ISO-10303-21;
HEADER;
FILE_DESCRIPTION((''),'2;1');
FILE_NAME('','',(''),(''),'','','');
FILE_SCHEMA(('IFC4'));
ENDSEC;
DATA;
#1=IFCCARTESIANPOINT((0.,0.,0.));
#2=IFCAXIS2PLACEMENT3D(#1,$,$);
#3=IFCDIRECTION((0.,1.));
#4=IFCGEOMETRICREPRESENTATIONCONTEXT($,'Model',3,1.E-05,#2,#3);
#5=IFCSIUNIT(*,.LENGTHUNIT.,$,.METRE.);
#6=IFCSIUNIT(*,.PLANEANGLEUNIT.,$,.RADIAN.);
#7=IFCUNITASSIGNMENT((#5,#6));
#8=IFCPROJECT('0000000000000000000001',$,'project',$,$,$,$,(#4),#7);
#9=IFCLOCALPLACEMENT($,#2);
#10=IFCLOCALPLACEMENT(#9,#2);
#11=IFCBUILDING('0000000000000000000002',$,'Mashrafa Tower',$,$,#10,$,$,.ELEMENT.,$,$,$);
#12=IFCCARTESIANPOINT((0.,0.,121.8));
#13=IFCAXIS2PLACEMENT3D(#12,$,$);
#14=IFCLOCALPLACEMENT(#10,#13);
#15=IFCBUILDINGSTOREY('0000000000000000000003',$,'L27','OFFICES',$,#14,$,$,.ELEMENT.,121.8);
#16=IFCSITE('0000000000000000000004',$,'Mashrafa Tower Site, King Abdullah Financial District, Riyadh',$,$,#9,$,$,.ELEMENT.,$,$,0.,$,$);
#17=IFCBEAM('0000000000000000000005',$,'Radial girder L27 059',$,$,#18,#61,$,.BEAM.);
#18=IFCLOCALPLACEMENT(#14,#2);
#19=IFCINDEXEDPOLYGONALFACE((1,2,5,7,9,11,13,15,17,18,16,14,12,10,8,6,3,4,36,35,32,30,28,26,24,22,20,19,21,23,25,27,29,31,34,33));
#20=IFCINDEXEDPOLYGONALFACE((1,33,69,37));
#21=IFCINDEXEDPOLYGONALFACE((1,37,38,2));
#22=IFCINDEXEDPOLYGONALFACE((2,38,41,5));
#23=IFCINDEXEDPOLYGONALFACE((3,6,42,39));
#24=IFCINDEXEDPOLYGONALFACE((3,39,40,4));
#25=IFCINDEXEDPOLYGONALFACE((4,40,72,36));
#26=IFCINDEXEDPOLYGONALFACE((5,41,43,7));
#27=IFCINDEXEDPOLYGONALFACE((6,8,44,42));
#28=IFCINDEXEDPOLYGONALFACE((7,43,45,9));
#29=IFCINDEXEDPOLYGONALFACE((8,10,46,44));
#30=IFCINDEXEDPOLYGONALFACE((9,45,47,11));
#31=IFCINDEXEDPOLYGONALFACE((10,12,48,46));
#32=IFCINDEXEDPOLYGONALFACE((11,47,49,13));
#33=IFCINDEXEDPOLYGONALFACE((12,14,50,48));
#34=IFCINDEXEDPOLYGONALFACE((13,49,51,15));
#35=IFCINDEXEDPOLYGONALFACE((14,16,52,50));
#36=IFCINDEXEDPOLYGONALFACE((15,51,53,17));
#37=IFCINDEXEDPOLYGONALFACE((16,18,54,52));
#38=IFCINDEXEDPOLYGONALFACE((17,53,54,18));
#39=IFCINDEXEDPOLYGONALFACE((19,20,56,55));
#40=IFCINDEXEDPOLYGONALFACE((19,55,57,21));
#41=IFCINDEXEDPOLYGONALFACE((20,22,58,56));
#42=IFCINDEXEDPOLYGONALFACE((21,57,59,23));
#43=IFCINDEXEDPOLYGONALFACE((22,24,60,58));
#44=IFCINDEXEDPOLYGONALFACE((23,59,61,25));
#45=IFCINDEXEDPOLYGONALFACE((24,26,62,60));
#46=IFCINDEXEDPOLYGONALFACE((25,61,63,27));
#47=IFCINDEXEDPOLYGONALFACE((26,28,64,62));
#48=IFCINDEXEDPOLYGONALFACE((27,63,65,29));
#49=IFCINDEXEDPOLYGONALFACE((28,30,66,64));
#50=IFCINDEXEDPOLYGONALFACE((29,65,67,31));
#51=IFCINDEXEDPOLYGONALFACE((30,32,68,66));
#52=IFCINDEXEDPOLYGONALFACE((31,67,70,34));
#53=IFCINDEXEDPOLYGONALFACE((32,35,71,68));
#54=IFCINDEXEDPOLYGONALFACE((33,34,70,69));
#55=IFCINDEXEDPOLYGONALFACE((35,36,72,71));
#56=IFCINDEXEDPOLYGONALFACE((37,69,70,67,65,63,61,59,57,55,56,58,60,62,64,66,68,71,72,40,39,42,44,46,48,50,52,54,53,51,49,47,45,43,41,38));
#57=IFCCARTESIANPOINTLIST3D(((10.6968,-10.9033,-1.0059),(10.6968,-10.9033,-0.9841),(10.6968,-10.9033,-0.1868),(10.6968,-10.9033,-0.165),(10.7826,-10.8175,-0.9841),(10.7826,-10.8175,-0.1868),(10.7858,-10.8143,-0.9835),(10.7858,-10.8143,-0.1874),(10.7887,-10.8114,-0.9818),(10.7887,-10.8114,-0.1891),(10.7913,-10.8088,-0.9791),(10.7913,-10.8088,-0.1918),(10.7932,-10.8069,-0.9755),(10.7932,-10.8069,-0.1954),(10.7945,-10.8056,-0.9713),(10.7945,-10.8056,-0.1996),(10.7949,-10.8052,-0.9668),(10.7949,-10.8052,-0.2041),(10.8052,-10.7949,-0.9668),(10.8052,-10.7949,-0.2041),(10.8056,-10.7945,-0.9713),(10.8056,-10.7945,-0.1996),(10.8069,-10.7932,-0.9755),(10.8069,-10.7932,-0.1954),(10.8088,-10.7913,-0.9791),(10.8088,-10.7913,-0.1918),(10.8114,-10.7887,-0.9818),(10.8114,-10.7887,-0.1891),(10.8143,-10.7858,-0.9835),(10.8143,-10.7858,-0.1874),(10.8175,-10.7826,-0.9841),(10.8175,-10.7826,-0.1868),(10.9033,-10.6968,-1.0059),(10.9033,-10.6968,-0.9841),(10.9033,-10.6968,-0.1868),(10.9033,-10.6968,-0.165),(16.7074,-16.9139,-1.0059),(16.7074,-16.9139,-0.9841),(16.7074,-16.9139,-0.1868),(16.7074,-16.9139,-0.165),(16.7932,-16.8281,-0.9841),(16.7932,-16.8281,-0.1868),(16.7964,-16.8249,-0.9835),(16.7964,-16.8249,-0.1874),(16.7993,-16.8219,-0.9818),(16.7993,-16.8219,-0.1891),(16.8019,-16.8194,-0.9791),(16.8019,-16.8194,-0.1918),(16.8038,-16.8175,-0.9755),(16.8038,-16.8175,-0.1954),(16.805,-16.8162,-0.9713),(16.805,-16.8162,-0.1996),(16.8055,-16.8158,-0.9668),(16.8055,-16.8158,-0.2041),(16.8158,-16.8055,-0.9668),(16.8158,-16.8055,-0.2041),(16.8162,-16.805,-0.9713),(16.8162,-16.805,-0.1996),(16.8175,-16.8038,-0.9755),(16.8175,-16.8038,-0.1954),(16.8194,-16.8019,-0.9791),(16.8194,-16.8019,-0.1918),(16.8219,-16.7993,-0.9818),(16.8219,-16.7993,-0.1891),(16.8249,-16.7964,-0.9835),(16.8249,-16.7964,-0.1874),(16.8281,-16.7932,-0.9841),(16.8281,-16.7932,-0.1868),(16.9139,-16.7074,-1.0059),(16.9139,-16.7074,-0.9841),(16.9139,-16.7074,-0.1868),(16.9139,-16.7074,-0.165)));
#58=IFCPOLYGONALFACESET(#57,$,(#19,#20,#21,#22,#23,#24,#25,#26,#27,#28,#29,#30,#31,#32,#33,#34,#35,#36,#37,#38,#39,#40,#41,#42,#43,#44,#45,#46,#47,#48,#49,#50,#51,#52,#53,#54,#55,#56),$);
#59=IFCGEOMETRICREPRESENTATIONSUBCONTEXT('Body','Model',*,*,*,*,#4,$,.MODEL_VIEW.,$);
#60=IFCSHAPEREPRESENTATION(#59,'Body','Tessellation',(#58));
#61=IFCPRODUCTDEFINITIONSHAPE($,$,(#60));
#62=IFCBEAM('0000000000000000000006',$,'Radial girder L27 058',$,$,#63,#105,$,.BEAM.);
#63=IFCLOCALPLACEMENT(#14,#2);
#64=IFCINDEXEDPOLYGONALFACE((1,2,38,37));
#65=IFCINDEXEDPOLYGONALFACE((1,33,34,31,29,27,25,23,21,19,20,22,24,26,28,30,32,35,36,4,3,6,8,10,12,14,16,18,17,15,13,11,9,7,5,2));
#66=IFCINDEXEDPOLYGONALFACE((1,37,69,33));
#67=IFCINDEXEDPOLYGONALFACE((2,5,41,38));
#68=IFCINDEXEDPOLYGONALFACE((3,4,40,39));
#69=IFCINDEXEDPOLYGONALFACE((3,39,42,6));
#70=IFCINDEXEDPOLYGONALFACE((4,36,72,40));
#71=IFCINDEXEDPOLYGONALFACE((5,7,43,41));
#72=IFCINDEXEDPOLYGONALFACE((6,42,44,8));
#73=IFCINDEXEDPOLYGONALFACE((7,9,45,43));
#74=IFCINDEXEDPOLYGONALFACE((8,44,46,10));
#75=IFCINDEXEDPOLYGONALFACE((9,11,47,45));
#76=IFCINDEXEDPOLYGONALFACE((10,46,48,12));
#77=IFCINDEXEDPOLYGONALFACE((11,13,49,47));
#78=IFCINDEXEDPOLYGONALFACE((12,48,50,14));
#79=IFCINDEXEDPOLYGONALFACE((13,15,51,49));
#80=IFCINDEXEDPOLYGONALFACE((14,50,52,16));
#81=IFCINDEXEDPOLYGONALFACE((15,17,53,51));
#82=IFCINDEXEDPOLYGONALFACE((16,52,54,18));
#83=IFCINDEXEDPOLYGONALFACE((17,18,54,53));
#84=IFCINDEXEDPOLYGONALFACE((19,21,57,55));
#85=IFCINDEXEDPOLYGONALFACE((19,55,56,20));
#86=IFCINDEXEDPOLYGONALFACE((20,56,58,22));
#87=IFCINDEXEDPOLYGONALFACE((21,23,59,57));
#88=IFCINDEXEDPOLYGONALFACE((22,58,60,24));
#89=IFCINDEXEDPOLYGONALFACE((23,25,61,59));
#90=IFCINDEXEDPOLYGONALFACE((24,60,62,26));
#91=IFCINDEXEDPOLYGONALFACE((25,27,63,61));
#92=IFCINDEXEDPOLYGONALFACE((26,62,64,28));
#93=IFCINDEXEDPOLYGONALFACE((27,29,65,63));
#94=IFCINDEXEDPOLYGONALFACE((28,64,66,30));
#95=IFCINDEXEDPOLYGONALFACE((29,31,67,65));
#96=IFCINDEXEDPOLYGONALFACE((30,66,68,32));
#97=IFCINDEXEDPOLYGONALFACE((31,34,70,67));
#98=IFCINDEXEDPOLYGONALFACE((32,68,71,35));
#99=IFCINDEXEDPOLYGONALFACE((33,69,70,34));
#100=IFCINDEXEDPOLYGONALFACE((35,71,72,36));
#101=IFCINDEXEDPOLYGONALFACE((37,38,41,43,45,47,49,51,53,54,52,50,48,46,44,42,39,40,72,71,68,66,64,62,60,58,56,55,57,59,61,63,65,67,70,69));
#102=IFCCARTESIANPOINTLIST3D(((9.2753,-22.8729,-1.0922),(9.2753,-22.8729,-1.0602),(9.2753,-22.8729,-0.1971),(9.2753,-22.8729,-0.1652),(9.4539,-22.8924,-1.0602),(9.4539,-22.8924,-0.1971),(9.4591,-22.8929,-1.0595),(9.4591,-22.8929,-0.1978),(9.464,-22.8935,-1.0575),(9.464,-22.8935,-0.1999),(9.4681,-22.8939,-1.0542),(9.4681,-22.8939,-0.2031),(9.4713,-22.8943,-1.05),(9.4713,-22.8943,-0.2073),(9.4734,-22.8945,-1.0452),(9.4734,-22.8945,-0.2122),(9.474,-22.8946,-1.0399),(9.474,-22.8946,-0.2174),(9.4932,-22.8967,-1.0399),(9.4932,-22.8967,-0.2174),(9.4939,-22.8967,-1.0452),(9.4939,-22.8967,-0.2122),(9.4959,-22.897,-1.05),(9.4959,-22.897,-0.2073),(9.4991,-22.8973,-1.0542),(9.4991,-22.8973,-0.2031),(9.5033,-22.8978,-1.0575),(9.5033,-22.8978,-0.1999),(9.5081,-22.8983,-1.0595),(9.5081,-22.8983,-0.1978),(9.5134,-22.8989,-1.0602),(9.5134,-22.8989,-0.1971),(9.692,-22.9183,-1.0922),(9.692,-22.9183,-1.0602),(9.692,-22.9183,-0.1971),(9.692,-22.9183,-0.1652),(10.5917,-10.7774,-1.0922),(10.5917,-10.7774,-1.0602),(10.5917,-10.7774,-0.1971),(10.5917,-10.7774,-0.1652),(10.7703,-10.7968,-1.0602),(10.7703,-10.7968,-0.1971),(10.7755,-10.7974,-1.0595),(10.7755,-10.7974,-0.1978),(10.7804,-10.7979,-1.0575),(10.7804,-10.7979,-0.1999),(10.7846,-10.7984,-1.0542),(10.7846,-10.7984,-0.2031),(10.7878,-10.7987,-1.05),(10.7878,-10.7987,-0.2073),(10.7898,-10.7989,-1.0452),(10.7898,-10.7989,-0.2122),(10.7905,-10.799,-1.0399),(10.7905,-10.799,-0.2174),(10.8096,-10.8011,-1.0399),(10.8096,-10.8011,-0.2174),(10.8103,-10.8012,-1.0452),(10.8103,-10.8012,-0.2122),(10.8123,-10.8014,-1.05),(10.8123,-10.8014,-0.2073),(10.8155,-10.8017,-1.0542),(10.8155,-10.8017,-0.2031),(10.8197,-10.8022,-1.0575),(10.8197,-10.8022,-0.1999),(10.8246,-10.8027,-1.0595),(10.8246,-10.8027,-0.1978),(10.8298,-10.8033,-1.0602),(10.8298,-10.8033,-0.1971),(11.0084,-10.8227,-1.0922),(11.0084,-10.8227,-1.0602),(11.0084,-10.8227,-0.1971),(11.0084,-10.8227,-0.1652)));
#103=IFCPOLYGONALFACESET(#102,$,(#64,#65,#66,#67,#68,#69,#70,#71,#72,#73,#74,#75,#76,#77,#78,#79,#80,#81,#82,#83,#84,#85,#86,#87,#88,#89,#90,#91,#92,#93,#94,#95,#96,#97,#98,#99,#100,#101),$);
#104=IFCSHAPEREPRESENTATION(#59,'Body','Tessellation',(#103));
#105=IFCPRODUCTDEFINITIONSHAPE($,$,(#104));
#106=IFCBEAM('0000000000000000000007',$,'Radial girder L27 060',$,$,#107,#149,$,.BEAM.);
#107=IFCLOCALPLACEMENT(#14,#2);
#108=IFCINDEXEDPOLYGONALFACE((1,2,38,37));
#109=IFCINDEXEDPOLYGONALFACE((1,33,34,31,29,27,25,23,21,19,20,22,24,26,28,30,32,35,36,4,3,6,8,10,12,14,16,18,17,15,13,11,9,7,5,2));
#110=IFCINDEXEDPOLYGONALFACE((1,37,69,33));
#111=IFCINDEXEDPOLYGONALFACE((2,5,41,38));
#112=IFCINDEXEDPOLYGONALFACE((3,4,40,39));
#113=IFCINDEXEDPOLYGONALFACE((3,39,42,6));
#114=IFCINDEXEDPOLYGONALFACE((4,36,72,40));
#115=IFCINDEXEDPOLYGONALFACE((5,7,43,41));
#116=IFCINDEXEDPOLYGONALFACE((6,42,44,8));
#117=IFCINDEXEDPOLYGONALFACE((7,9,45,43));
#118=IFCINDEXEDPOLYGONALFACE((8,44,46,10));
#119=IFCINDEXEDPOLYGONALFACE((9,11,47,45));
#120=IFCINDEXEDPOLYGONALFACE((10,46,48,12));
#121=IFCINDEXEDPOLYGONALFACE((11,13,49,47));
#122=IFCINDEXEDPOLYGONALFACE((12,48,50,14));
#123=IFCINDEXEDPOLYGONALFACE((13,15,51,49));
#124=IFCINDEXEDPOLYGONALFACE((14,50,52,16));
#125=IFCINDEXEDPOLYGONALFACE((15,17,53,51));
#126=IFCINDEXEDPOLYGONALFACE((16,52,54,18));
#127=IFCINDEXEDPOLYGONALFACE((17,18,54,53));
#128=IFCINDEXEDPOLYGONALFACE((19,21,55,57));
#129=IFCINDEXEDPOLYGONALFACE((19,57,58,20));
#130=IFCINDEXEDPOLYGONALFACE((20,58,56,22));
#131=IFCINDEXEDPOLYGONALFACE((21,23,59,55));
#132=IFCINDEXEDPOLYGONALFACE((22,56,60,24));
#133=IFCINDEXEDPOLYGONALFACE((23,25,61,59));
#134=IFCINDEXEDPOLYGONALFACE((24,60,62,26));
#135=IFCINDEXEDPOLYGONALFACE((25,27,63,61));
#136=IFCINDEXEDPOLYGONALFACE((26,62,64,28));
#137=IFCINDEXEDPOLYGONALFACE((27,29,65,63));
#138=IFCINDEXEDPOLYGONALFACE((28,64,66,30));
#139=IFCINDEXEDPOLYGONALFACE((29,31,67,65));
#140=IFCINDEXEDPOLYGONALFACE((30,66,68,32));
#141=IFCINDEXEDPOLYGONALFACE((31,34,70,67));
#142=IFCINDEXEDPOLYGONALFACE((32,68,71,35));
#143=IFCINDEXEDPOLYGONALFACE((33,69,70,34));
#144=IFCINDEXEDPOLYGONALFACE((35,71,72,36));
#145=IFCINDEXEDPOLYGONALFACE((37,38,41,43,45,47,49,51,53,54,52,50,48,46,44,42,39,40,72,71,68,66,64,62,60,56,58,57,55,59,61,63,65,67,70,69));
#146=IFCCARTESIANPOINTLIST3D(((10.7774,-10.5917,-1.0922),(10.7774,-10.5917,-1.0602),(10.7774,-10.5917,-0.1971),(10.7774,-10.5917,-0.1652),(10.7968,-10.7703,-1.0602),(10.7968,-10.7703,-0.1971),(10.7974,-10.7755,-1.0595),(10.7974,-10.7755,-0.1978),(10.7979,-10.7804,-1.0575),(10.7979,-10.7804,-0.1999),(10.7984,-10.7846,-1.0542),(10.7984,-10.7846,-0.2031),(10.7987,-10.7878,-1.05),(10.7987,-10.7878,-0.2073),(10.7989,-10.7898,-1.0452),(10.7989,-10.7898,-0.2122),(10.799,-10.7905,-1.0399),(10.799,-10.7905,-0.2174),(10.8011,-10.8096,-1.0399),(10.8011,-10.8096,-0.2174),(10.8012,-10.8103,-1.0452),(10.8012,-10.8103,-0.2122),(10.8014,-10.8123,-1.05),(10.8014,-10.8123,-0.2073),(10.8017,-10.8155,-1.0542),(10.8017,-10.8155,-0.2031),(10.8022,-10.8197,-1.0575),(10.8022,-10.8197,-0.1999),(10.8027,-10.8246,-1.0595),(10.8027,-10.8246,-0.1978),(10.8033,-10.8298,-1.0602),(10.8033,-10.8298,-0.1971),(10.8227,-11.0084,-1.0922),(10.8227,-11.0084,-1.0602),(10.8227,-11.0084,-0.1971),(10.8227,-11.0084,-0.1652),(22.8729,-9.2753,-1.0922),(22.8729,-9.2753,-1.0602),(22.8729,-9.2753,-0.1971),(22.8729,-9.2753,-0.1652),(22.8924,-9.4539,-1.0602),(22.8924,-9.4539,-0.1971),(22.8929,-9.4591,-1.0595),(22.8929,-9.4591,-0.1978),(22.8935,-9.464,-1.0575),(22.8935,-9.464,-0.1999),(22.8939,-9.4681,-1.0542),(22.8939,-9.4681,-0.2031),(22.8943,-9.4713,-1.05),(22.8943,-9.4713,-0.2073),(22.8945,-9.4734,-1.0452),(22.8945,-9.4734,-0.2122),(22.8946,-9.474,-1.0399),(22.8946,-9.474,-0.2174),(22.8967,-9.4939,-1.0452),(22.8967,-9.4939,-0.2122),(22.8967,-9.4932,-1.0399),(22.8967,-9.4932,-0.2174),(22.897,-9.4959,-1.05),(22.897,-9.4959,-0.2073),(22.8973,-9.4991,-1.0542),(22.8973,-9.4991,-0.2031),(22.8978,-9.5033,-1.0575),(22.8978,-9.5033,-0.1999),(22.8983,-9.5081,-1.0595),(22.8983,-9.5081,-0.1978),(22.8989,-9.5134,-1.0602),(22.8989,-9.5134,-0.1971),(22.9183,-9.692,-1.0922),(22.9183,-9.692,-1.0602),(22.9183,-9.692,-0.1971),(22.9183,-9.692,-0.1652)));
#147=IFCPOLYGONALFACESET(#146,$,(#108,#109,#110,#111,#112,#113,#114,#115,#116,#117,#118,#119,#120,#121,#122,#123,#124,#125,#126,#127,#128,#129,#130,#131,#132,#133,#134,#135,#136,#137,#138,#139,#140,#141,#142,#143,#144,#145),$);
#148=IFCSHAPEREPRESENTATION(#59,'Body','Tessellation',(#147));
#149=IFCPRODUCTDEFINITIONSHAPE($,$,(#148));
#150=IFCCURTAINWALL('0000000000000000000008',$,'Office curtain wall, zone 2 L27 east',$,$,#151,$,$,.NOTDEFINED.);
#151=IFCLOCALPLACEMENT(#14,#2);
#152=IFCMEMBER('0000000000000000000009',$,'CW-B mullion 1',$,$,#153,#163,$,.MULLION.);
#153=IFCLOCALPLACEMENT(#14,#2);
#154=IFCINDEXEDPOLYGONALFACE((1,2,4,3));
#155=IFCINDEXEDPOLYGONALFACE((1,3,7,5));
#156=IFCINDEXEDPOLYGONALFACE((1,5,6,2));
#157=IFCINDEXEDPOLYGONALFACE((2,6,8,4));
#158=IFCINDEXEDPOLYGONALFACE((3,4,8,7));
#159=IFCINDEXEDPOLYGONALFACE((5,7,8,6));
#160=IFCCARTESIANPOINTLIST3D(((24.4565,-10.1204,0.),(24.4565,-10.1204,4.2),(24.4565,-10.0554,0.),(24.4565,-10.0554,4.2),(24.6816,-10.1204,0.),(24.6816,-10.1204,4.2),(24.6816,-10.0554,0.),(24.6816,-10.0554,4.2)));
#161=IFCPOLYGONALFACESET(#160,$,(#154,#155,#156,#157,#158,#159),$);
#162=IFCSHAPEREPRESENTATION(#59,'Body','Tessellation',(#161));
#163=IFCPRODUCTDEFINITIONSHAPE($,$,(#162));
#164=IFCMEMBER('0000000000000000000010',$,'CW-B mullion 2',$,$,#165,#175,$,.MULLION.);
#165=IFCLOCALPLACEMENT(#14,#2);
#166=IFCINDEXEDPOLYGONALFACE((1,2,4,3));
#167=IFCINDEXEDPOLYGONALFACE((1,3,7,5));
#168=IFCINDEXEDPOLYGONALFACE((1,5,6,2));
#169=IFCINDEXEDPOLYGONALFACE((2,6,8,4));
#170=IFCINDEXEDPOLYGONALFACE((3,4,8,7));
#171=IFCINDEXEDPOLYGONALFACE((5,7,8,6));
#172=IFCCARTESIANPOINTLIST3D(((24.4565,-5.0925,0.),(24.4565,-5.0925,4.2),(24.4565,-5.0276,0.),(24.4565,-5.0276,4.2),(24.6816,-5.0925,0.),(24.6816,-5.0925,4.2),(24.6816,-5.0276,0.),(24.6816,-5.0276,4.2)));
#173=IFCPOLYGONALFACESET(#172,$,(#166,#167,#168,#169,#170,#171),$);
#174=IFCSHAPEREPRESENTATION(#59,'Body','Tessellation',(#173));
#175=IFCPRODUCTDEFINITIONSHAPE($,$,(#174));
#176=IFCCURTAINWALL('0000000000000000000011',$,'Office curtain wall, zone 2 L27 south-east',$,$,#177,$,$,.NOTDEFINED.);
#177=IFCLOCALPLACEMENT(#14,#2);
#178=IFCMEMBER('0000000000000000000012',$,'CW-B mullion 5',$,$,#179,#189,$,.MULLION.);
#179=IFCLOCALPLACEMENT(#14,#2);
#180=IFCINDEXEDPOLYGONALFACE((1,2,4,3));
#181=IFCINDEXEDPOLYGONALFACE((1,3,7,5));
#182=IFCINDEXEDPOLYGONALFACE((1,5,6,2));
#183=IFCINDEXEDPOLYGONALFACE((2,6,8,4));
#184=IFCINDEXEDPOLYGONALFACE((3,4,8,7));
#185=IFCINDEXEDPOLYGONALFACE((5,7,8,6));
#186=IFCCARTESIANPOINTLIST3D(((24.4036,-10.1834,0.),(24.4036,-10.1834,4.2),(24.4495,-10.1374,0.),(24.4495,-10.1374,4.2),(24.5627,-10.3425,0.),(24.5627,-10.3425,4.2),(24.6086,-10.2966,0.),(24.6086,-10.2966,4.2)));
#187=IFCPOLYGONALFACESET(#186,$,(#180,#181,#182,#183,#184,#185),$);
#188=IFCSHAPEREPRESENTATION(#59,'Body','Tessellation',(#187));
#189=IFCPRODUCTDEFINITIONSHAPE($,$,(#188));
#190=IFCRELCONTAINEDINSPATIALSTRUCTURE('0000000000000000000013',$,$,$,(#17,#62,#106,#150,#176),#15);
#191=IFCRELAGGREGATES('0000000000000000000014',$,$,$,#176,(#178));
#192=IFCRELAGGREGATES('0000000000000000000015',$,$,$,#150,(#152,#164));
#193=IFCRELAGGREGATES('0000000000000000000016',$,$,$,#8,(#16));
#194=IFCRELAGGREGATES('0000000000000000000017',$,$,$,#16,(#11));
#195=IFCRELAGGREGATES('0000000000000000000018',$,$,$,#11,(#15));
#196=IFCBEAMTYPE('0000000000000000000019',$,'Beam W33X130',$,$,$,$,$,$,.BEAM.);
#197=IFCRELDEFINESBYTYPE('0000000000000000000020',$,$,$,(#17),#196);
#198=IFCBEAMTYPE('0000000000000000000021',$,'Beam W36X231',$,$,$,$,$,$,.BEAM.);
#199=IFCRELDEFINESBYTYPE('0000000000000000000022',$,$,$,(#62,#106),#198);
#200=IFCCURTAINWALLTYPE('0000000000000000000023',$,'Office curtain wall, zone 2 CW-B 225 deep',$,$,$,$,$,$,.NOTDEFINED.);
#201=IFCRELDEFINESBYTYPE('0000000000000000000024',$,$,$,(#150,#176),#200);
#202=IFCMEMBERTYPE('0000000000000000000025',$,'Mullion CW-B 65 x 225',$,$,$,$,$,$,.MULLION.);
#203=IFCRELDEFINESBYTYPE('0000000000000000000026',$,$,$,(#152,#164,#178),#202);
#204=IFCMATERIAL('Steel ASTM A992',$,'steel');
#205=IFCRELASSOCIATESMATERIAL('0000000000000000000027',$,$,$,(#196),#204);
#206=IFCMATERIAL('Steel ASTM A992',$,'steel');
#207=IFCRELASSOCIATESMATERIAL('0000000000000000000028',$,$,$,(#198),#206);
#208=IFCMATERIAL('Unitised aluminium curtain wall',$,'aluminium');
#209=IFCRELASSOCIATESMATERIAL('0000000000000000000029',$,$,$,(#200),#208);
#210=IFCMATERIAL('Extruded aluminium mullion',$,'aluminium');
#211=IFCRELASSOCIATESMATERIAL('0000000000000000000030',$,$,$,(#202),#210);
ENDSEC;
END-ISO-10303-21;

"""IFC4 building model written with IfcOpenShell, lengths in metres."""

from ifc_helpers import new_model, si_unit, direction, frame, origin, origin_2d, place, context, subcontext, project, spatial, rectangle, i_section, extrude, source, transform, mapped, material, material_profile, profile_set, type_object, type_shapes, element, aggregate, save


model = new_model("IFC4")

# Units and contexts
model_context = context("Model", 3, precision=1e-05, world=origin(), true_north=direction((0.0, 1.0)))
body_context = subcontext(model_context, "Body", "Model", "MODEL_VIEW")
ifc_project = project(units=[si_unit("LENGTHUNIT", "METRE"), si_unit("PLANEANGLEUNIT", "RADIAN")], contexts=[model_context])

# Site, building, storey
site_placement = place(None, origin())
site = spatial("IfcSite", under=ifc_project, at=site_placement, Name="Mashrafa Tower Site, King Abdullah Financial District, Riyadh", CompositionType="ELEMENT", RefElevation=0.0)
building_placement = place(site_placement, origin())
building = spatial("IfcBuilding", under=site, at=building_placement, Name="Mashrafa Tower", CompositionType="ELEMENT")
storey_placement = place(building_placement, frame((0.0, 0.0, 121.8)))
storey = spatial("IfcBuildingStorey", under=building, at=storey_placement, Name="L27", Description="OFFICES", CompositionType="ELEMENT", Elevation=121.8)

# Beams
ifc_material_1 = material(Name="Steel ASTM A992", Category="steel")
ifc_material_profile_1 = material_profile(ifc_material_1, i_section(OverallWidth=0.292, OverallDepth=0.8408, WebThickness=0.0146, FlangeThickness=0.0217, FilletRadius=0.0173, at=origin_2d()), Name="W33X130")
ifc_profile_set_1 = profile_set([ifc_material_profile_1], Name="Steel ASTM A992")
beam_type_1 = type_object("IfcBeamType", Name="Beam W33X130", PredefinedType="BEAM", material=ifc_profile_set_1)
beam_1_placement = place(storey_placement, frame((10.8, -10.8, -0.5854), z_axis=(0.707107, -0.707107, 0.0), x_axis=(0.707107, 0.707107, 0.0)))
element("IfcBeam", 1, at=beam_1_placement, inside=storey, type_object=beam_type_1, Name="Radial girder L27 059", PredefinedType="BEAM", context=body_context, shape_type="SweptSolid", body=[
    extrude(i_section(OverallWidth=0.292, OverallDepth=0.8408, WebThickness=0.0146, FlangeThickness=0.0217, FilletRadius=0.0173, at=origin_2d()), origin(), (0.0, 0.0, 1.0), 8.5002),
])
ifc_material_2 = material(Name="Steel ASTM A992", Category="steel")
ifc_material_profile_2 = material_profile(ifc_material_2, i_section(OverallWidth=0.4192, OverallDepth=0.927, WebThickness=0.0193, FlangeThickness=0.032, FilletRadius=0.0203, at=origin_2d()), Name="W36X231")
ifc_profile_set_2 = profile_set([ifc_material_profile_2], Name="Steel ASTM A992")
beam_type_2 = type_object("IfcBeamType", Name="Beam W36X231", PredefinedType="BEAM", material=ifc_profile_set_2)
for number, where, z_axis, x_axis, name in (
    (2, (10.8, -10.8, -0.6287), (-0.108196, -0.99413, 0.0), (0.99413, -0.108196, 0.0), "Radial girder L27 058"),
    (3, (10.8, -10.8, -0.6287), (0.99413, 0.108196, 0.0), (-0.108196, 0.99413, 0.0), "Radial girder L27 060"),
):
    element("IfcBeam", number, at=place(storey_placement, frame(where, z_axis=z_axis, x_axis=x_axis)), inside=storey, type_object=beam_type_2, Name=name, PredefinedType="BEAM", context=body_context, shape_type="SweptSolid", body=[
        extrude(i_section(OverallWidth=0.4192, OverallDepth=0.927, WebThickness=0.0193, FlangeThickness=0.032, FilletRadius=0.0203, at=origin_2d()), origin(), (0.0, 0.0, 1.0), 12.167),
    ])

# Curtain wall, members
ifc_material_3 = material(Name="Unitised aluminium curtain wall", Category="aluminium")
curtain_wall_type = type_object("IfcCurtainWallType", Name="Office curtain wall, zone 2 CW-B 225 deep", PredefinedType="NOTDEFINED", material=ifc_material_3)
curtain_wall_1_placement = place(storey_placement, origin())
curtain_wall_1 = element("IfcCurtainWall", 4, at=curtain_wall_1_placement, inside=storey, type_object=curtain_wall_type, Name="Office curtain wall, zone 2 L27 east", PredefinedType="NOTDEFINED")
ifc_material_4 = material(Name="Extruded aluminium mullion", Category="aluminium")
ifc_material_profile_3 = material_profile(ifc_material_4, rectangle(XDim=0.2251, YDim=0.0649, at=origin_2d()), Name="Mullion 65x225")
ifc_profile_set_3 = profile_set([ifc_material_profile_3], Name="Extruded aluminium mullion")
member_type_1 = type_object("IfcMemberType", Name="Mullion CW-B 65 x 225", PredefinedType="MULLION", material=ifc_profile_set_3)
shared_shape_1 = source(origin(), body_context, "Body", "SweptSolid", [
    extrude(rectangle(XDim=0.2251, YDim=0.0649, at=origin_2d()), origin(), (0.0, 0.0, 1.0), 4.2),
])
type_shapes(member_type_1, [shared_shape_1])
member_1_placement = place(storey_placement, frame((24.5691, -10.0879, 0.0), z_axis=(0.0, 0.0, 1.0), x_axis=(-1.0, 0.0, 0.0)))
member_1 = element("IfcMember", 5, at=member_1_placement, type_object=member_type_1, Name="CW-B mullion 1", PredefinedType="MULLION", context=body_context, shape_type="MappedRepresentation", body=[
    mapped(shared_shape_1, transform((0.0, 0.0, 0.0))),
])
member_2_placement = place(storey_placement, frame((24.5691, -5.0601, 0.0), z_axis=(0.0, 0.0, 1.0), x_axis=(-1.0, 0.0, 0.0)))
member_2 = element("IfcMember", 6, at=member_2_placement, type_object=member_type_1, Name="CW-B mullion 2", PredefinedType="MULLION", context=body_context, shape_type="MappedRepresentation", body=[
    mapped(shared_shape_1, transform((0.0, 0.0, 0.0))),
])

# Curtain wall, member
curtain_wall_2_placement = place(storey_placement, origin())
curtain_wall_2 = element("IfcCurtainWall", 7, at=curtain_wall_2_placement, inside=storey, type_object=curtain_wall_type, Name="Office curtain wall, zone 2 L27 south-east", PredefinedType="NOTDEFINED")
member_3_placement = place(storey_placement, frame((24.5061, -10.24, 0.0), z_axis=(0.0, 0.0, 1.0), x_axis=(-0.707107, 0.707107, 0.0)))
member_3 = element("IfcMember", 8, at=member_3_placement, type_object=member_type_1, Name="CW-B mullion 5", PredefinedType="MULLION", context=body_context, shape_type="MappedRepresentation", body=[
    mapped(shared_shape_1, transform((0.0, 0.0, 0.0))),
])

aggregate(curtain_wall_2, [member_3])
aggregate(curtain_wall_1, [member_1, member_2])

save(model, "model.ifc")
